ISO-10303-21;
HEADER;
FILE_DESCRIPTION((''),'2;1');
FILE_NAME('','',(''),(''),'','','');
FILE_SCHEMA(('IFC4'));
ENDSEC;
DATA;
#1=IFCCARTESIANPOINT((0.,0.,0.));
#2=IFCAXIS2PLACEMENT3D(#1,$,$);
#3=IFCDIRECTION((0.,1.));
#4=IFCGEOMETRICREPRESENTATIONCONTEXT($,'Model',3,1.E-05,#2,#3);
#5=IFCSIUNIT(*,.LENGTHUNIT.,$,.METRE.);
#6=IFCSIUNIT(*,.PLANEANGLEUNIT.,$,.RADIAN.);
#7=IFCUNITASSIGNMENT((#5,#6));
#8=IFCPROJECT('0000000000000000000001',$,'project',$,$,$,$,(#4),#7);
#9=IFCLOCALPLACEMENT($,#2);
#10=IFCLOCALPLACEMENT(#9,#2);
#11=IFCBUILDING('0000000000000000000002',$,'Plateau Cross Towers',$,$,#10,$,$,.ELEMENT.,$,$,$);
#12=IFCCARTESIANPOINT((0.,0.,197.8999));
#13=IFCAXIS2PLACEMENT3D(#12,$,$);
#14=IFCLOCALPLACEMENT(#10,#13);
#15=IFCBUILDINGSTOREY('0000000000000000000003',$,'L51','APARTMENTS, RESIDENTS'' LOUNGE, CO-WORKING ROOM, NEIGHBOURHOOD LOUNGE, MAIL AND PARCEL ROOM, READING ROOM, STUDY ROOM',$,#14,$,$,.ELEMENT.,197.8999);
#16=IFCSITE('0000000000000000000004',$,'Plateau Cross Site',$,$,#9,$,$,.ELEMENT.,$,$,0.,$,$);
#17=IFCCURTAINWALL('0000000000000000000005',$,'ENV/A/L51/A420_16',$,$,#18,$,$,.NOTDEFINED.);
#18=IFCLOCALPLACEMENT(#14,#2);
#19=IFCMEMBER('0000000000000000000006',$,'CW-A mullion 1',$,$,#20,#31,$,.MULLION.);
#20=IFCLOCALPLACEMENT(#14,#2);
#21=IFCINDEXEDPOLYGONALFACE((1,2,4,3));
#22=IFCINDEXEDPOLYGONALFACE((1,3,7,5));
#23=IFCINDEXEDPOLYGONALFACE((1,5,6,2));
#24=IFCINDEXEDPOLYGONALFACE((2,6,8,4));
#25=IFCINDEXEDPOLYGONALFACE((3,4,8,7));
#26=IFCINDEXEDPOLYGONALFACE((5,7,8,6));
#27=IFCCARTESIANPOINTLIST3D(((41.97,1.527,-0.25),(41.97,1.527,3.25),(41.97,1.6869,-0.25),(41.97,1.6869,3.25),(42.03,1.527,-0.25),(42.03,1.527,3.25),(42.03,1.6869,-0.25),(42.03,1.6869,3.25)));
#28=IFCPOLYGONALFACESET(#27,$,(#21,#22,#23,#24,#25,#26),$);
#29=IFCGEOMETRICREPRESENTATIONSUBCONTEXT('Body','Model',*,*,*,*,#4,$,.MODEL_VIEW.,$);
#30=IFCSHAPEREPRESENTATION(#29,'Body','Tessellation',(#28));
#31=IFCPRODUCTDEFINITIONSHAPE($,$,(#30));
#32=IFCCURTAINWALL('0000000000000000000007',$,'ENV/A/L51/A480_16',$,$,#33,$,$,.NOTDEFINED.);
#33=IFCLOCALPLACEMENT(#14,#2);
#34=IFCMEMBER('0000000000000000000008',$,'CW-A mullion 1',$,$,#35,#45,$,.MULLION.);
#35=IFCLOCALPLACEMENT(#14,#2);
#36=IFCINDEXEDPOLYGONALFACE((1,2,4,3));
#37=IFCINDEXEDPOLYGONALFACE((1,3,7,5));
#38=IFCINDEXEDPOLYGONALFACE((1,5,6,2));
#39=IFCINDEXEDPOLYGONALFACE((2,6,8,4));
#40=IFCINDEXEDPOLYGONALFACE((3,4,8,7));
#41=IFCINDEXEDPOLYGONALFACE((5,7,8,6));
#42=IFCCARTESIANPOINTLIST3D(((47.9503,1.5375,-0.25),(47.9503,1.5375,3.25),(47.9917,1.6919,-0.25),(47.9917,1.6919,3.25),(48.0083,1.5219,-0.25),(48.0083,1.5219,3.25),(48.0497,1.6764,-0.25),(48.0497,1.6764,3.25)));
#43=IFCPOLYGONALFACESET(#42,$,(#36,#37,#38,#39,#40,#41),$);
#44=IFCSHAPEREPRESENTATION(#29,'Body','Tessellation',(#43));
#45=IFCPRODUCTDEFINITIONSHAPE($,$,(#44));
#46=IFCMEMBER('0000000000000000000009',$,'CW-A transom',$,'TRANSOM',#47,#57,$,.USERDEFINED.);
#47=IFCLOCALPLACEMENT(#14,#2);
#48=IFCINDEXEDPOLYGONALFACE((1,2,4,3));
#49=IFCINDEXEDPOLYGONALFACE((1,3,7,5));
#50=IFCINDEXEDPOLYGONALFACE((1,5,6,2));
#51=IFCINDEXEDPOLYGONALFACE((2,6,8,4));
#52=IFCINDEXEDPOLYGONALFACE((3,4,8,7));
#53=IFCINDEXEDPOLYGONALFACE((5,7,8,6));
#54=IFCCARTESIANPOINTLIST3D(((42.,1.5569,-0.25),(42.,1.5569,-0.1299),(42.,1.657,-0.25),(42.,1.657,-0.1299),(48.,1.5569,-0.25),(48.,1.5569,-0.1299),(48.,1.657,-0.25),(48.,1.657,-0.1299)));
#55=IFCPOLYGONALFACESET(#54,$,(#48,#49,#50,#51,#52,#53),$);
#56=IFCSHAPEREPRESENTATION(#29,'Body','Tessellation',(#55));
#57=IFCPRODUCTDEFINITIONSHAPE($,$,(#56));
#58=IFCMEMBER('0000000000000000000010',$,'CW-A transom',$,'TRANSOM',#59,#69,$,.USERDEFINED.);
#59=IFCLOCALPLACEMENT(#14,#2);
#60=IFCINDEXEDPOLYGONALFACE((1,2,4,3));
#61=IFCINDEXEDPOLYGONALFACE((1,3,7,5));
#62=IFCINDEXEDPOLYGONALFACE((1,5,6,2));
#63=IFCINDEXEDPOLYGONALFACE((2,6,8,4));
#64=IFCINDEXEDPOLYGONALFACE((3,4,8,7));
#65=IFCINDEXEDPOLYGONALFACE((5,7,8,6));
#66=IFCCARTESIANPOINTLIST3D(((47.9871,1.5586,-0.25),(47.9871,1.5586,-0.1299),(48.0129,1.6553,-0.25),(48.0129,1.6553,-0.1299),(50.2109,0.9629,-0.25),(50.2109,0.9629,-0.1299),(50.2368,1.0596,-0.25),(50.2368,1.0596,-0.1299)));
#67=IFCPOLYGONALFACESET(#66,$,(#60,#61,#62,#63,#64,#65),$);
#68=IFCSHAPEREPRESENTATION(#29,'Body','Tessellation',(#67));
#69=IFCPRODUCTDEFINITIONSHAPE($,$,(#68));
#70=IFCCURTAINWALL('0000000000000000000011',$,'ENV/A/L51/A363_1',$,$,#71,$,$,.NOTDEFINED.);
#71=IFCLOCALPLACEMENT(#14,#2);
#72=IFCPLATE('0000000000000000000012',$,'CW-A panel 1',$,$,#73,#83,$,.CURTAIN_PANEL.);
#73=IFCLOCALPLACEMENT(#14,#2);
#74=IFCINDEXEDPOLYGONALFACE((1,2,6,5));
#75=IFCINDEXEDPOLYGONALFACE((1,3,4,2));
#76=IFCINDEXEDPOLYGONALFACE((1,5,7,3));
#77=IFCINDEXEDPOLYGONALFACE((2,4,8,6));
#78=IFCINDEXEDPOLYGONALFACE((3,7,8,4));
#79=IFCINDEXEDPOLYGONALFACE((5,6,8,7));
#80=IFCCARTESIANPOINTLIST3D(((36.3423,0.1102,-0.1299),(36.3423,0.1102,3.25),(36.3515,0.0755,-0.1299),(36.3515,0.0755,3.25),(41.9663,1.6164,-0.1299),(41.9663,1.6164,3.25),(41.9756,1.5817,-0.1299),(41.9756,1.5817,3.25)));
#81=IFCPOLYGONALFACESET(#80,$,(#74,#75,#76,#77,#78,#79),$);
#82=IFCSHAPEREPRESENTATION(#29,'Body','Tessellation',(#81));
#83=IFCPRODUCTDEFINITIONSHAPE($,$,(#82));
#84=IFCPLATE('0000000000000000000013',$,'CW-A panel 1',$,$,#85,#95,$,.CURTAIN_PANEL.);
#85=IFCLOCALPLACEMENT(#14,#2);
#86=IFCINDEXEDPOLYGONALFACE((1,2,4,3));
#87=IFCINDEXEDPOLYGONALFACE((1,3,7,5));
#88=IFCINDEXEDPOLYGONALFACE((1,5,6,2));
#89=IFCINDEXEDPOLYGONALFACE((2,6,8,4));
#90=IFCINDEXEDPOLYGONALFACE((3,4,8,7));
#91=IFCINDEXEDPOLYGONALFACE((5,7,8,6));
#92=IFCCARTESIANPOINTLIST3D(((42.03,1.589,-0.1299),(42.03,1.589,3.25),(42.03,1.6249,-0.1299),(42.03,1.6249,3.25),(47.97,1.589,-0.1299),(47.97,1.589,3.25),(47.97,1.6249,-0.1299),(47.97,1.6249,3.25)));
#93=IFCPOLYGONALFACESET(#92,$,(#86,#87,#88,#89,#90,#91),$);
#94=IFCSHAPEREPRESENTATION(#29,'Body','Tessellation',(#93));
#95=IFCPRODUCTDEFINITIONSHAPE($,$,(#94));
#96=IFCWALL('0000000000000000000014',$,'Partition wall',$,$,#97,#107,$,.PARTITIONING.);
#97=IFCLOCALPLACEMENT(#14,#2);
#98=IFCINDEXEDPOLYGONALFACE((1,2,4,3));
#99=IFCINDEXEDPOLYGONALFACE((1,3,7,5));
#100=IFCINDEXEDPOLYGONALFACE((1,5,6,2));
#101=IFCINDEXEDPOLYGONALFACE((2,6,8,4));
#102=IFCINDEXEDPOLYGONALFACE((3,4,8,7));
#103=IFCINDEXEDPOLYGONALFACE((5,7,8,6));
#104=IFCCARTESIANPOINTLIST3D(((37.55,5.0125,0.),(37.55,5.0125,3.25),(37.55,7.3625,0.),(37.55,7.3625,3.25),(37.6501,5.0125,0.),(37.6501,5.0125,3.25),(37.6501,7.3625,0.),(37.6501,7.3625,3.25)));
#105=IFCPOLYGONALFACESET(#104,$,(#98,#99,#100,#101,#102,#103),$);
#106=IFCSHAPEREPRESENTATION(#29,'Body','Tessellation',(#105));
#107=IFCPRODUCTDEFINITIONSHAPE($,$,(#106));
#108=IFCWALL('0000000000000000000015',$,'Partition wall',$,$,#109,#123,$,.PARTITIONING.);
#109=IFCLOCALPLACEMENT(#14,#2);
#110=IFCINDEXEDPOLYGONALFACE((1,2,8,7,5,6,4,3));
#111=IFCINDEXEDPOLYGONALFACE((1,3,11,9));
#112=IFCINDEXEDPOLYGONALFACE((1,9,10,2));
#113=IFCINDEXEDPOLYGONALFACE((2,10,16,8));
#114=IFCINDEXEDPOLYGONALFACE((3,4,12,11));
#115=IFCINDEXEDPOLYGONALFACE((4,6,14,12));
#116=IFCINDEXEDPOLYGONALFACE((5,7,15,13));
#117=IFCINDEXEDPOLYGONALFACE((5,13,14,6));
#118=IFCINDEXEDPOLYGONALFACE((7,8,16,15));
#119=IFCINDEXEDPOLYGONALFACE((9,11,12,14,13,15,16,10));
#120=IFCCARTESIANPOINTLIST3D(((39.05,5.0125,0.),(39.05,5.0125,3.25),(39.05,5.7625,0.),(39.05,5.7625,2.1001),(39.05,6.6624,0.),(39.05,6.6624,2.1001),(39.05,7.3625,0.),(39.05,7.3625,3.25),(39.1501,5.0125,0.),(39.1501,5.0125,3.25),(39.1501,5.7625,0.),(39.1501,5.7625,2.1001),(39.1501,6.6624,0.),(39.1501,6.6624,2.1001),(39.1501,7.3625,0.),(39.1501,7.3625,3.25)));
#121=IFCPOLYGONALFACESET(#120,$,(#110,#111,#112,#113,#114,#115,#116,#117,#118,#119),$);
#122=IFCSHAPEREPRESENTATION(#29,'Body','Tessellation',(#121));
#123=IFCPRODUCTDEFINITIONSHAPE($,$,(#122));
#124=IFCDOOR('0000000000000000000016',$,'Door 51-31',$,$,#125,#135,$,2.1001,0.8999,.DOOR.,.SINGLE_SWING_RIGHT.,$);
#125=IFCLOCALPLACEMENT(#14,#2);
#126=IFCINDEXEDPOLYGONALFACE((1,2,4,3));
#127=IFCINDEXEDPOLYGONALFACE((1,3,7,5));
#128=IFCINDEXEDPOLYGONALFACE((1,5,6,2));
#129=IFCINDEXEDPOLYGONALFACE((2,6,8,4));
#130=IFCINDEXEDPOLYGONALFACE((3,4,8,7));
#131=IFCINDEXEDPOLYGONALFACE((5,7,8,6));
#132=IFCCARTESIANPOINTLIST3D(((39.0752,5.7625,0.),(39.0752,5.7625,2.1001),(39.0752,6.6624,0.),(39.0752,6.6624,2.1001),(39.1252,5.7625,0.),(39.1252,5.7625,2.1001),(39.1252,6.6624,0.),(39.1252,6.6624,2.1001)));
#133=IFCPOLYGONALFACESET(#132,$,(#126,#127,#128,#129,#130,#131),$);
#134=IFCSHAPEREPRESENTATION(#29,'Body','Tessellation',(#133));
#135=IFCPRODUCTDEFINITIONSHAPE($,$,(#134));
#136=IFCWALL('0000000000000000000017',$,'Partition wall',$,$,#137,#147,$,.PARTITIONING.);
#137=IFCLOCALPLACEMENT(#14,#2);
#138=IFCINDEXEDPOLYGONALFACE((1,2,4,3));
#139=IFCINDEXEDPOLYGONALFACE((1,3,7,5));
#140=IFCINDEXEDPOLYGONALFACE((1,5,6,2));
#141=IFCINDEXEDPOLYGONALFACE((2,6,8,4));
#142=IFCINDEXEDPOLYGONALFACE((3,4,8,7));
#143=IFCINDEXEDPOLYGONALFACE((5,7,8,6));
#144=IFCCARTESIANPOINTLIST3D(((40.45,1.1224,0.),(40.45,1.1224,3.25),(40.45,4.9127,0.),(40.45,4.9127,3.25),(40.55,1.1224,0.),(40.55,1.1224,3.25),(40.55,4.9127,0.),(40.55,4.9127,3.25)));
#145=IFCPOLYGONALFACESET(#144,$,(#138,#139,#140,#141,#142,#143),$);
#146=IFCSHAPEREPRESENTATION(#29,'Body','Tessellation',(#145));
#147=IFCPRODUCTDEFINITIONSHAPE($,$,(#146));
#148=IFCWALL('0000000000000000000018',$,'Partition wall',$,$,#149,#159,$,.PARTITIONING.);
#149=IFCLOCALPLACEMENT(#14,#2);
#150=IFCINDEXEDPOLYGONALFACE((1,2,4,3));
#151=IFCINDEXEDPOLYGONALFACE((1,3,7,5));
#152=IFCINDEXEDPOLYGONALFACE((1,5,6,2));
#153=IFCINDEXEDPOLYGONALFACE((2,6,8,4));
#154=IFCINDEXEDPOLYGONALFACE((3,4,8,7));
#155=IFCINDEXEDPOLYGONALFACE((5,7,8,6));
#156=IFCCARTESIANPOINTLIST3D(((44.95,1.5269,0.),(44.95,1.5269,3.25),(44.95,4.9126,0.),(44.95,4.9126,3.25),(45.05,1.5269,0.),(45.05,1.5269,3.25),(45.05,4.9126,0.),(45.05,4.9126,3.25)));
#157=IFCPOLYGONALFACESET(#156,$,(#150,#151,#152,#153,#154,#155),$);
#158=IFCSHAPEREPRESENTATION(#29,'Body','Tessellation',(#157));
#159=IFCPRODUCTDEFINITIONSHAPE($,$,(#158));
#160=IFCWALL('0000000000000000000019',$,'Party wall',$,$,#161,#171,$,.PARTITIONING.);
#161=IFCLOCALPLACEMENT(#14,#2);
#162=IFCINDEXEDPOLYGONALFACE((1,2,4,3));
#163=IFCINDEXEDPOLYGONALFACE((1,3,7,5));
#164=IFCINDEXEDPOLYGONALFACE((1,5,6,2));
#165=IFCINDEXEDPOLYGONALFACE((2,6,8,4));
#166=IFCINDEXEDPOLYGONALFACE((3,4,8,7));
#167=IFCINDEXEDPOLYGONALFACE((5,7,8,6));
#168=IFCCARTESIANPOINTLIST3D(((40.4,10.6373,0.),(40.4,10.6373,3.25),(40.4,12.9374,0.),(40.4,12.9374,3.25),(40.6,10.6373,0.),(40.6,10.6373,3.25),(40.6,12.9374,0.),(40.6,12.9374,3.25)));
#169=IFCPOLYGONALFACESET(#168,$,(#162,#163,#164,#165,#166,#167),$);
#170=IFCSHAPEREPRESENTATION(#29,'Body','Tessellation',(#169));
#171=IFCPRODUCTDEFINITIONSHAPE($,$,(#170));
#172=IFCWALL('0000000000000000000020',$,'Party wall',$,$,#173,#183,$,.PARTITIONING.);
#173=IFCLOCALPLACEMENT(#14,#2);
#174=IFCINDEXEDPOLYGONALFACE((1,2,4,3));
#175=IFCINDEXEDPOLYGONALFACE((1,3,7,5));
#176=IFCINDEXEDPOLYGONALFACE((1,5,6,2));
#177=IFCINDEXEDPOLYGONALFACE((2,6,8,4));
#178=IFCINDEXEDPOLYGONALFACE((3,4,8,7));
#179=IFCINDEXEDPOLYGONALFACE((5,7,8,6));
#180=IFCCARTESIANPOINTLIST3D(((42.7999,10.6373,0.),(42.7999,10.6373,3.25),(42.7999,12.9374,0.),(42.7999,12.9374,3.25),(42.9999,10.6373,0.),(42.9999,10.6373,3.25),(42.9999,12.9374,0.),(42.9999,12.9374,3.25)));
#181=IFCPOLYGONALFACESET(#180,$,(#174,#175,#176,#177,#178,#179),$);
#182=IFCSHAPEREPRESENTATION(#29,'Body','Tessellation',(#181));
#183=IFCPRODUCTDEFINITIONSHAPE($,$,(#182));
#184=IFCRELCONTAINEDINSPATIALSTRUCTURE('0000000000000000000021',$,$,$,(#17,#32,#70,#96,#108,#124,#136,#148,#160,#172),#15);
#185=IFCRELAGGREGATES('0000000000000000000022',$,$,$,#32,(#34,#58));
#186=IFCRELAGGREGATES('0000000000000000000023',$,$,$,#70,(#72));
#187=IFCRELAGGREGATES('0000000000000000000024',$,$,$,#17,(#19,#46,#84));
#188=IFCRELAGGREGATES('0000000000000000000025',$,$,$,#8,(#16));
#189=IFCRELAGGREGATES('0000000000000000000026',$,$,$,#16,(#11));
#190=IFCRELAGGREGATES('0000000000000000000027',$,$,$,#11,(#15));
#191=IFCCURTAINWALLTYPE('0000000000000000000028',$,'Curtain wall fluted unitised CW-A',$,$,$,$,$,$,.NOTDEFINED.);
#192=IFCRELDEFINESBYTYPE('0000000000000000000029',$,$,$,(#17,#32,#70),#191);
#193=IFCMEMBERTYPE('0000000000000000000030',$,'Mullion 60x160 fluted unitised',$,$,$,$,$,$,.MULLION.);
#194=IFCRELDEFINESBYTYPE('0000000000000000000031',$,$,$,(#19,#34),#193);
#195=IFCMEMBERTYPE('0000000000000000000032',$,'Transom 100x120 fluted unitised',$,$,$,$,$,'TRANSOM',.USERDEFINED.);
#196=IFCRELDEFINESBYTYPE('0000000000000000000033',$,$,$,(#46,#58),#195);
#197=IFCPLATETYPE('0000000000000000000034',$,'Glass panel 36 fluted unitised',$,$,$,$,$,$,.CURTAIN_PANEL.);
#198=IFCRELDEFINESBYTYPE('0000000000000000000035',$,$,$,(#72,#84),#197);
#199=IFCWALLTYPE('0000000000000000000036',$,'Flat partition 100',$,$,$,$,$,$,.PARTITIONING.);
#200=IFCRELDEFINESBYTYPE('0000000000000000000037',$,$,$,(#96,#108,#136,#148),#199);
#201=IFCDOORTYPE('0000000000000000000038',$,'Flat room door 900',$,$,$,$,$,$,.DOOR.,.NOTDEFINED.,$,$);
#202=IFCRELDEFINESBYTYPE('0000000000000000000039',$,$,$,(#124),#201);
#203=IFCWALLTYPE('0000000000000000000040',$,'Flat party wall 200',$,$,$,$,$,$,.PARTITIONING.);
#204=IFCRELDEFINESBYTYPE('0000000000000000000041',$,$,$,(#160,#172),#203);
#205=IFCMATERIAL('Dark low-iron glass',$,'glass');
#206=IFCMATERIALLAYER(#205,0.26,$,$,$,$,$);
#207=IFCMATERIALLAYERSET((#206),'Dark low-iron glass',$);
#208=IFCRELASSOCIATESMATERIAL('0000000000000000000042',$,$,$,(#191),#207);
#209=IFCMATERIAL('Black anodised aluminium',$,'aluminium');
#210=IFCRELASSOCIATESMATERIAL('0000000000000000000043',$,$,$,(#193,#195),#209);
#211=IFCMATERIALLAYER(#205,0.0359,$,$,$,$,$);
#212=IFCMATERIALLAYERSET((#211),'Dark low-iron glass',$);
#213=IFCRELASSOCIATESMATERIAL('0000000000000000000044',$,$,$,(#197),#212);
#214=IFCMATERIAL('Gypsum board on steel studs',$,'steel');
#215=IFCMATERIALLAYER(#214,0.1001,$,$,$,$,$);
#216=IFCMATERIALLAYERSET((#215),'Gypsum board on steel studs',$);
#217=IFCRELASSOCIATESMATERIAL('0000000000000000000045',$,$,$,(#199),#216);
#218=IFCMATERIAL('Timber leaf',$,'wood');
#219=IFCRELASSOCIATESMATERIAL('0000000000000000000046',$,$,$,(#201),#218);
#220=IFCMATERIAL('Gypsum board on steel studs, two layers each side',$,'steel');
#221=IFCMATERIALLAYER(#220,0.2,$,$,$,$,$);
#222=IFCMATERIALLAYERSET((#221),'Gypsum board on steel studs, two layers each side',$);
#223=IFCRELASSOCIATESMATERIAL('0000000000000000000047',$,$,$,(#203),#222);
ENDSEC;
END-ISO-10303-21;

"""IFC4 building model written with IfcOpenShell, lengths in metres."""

from ifc_helpers import new_model, si_unit, direction, frame, frame_2d, origin, origin_2d, place, context, subcontext, project, spatial, rectangle, extrude, material, layer, layer_set, material_profile, profile_set, type_object, element, fill, aggregate, save


model = new_model("IFC4")

# Units and contexts
model_context = context("Model", 3, precision=1e-05, world=origin(), true_north=direction((0.0, 1.0)))
body_context = subcontext(model_context, "Body", "Model", "MODEL_VIEW")
ifc_project = project(units=[si_unit("LENGTHUNIT", "METRE"), si_unit("PLANEANGLEUNIT", "RADIAN")], contexts=[model_context])

# Site, building, storey
site_placement = place(None, origin())
site = spatial("IfcSite", under=ifc_project, at=site_placement, Name="Plateau Cross Site", CompositionType="ELEMENT", RefElevation=0.0)
building_placement = place(site_placement, origin())
building = spatial("IfcBuilding", under=site, at=building_placement, Name="Plateau Cross Towers", CompositionType="ELEMENT")
storey_placement = place(building_placement, frame((0.0, 0.0, 197.8999)))
storey = spatial("IfcBuildingStorey", under=building, at=storey_placement, Name="L51", Description="APARTMENTS, RESIDENTS' LOUNGE, CO-WORKING ROOM, NEIGHBOURHOOD LOUNGE, MAIL AND PARCEL ROOM, READING ROOM, STUDY ROOM", CompositionType="ELEMENT", Elevation=197.8999)

# Curtain walls, members
ifc_material_1 = material(Name="Dark low-iron glass", Category="glass")
ifc_layer_1 = layer(ifc_material_1, 0.26)
ifc_layer_set_1 = layer_set([ifc_layer_1], Name="Dark low-iron glass")
curtain_wall_type = type_object("IfcCurtainWallType", Name="Curtain wall fluted unitised CW-A", PredefinedType="NOTDEFINED", material=ifc_layer_set_1)
curtain_wall_1_placement = place(storey_placement, origin())
curtain_wall_1 = element("IfcCurtainWall", 1, at=curtain_wall_1_placement, inside=storey, type_object=curtain_wall_type, Name="ENV/A/L51/A420_16", PredefinedType="NOTDEFINED")
ifc_material_2 = material(Name="Black anodised aluminium", Category="aluminium")
ifc_material_profile_1 = material_profile(ifc_material_2, rectangle(XDim=0.0601, YDim=0.1599, at=origin_2d()), Name="MULLION 60x160")
ifc_profile_set_1 = profile_set([ifc_material_profile_1], Name="Black anodised aluminium")
member_type_1 = type_object("IfcMemberType", Name="Mullion 60x160 fluted unitised", PredefinedType="MULLION", material=ifc_profile_set_1)
member_1_placement = place(storey_placement, frame((42.0, 1.6069, -0.25), z_axis=(0.0, 0.0, 1.0), x_axis=(1.0, 0.0, 0.0)))
member_1 = element("IfcMember", 2, at=member_1_placement, type_object=member_type_1, Name="CW-A mullion 1", PredefinedType="MULLION", context=body_context, shape_type="SweptSolid", body=[
    extrude(rectangle(XDim=0.0601, YDim=0.1599, at=origin_2d()), origin(), (0.0, 0.0, 1.0), 3.5),
])
curtain_wall_2_placement = place(storey_placement, origin())
curtain_wall_2 = element("IfcCurtainWall", 3, at=curtain_wall_2_placement, inside=storey, type_object=curtain_wall_type, Name="ENV/A/L51/A480_16", PredefinedType="NOTDEFINED")
member_2_placement = place(storey_placement, frame((48.0, 1.6069, -0.25), z_axis=(0.0, 0.0, 1.0), x_axis=(0.965958, -0.258699, 0.0)))
member_2 = element("IfcMember", 4, at=member_2_placement, type_object=member_type_1, Name="CW-A mullion 1", PredefinedType="MULLION", context=body_context, shape_type="SweptSolid", body=[
    extrude(rectangle(XDim=0.0601, YDim=0.1599, at=origin_2d()), origin(), (0.0, 0.0, 1.0), 3.5),
])

# Members
ifc_material_profile_2 = material_profile(ifc_material_2, rectangle(XDim=0.1001, YDim=0.1201, at=origin_2d()), Name="TRANSOM 100x120")
ifc_profile_set_2 = profile_set([ifc_material_profile_2], Name="Black anodised aluminium")
member_type_2 = type_object("IfcMemberType", Name="Transom 100x120 fluted unitised", ElementType="TRANSOM", PredefinedType="USERDEFINED", material=ifc_profile_set_2)
member_3_placement = place(storey_placement, frame((42.0, 1.6069, -0.1899), z_axis=(1.0, 0.0, 0.0), x_axis=(0.0, 1.0, 0.0)))
member_3 = element("IfcMember", 5, at=member_3_placement, type_object=member_type_2, Name="CW-A transom", ObjectType="TRANSOM", PredefinedType="USERDEFINED", context=body_context, shape_type="SweptSolid", body=[
    extrude(rectangle(XDim=0.1001, YDim=0.1201, at=origin_2d()), origin(), (0.0, 0.0, 1.0), 6.0),
])
member_4_placement = place(storey_placement, frame((48.0, 1.6069, -0.1899), z_axis=(0.965946, -0.258745, 0.0), x_axis=(0.258745, 0.965946, 0.0)))
member_4 = element("IfcMember", 6, at=member_4_placement, type_object=member_type_2, Name="CW-A transom", ObjectType="TRANSOM", PredefinedType="USERDEFINED", context=body_context, shape_type="SweptSolid", body=[
    extrude(rectangle(XDim=0.1001, YDim=0.1201, at=origin_2d()), origin(), (0.0, 0.0, 1.0), 2.3022),
])
aggregate(curtain_wall_2, [member_2, member_4])

# Curtain wall, plate
curtain_wall_3_placement = place(storey_placement, origin())
curtain_wall_3 = element("IfcCurtainWall", 7, at=curtain_wall_3_placement, inside=storey, type_object=curtain_wall_type, Name="ENV/A/L51/A363_1", PredefinedType="NOTDEFINED")
ifc_layer_2 = layer(ifc_material_1, 0.0359)
ifc_layer_set_2 = layer_set([ifc_layer_2], Name="Dark low-iron glass")
plate_type = type_object("IfcPlateType", Name="Glass panel 36 fluted unitised", PredefinedType="CURTAIN_PANEL", material=ifc_layer_set_2)
plate_1_placement = place(storey_placement, frame((39.1589, 0.8459, -0.1299), z_axis=(0.0, 0.0, 1.0), x_axis=(0.965958, 0.258699, 0.0)))
plate_1 = element("IfcPlate", 8, at=plate_1_placement, type_object=plate_type, Name="CW-A panel 1", PredefinedType="CURTAIN_PANEL", context=body_context, shape_type="SweptSolid", body=[
    extrude(rectangle(XDim=5.8223, YDim=0.0359, at=origin_2d()), origin(), (0.0, 0.0, 1.0), 3.3799),
])
aggregate(curtain_wall_3, [plate_1])

# Plate
plate_2_placement = place(storey_placement, frame((45.0, 1.6069, -0.1299), z_axis=(0.0, 0.0, 1.0), x_axis=(1.0, 0.0, 0.0)))
plate_2 = element("IfcPlate", 9, at=plate_2_placement, type_object=plate_type, Name="CW-A panel 1", PredefinedType="CURTAIN_PANEL", context=body_context, shape_type="SweptSolid", body=[
    extrude(rectangle(XDim=5.9399, YDim=0.0359, at=origin_2d()), origin(), (0.0, 0.0, 1.0), 3.3799),
])
aggregate(curtain_wall_1, [member_1, member_3, plate_2])

# Wall
ifc_material_3 = material(Name="Gypsum board on steel studs", Category="steel")
ifc_layer_3 = layer(ifc_material_3, 0.1001)
ifc_layer_set_3 = layer_set([ifc_layer_3], Name="Gypsum board on steel studs")
wall_type_1 = type_object("IfcWallType", Name="Flat partition 100", PredefinedType="PARTITIONING", material=ifc_layer_set_3)
wall_1_placement = place(storey_placement, frame((37.6001, 5.0125, 0.0), z_axis=(0.0, 0.0, 1.0), x_axis=(0.0, 1.0, 0.0)))
element("IfcWall", 10, at=wall_1_placement, inside=storey, type_object=wall_type_1, Name="Partition wall", PredefinedType="PARTITIONING", context=body_context, shape_type="SweptSolid", body=[
    extrude(rectangle(XDim=2.3501, YDim=0.1001, at=frame_2d((1.175, 0.0))), origin(), (0.0, 0.0, 1.0), 3.25),
])

# Wall, opening, door
wall_2_placement = place(storey_placement, frame((39.1001, 5.0125, 0.0), z_axis=(0.0, 0.0, 1.0), x_axis=(0.0, 1.0, 0.0)))
wall_2 = element("IfcWall", 11, at=wall_2_placement, inside=storey, type_object=wall_type_1, Name="Partition wall", PredefinedType="PARTITIONING", context=body_context, shape_type="SweptSolid", body=[
    extrude(rectangle(XDim=2.3501, YDim=0.1001, at=frame_2d((1.175, 0.0))), origin(), (0.0, 0.0, 1.0), 3.25),
])
opening_1_placement = place(wall_2_placement, frame((0.75, 0.0, 0.0)))
opening_1 = element("IfcOpeningElement", 12, at=opening_1_placement, cuts=wall_2, PredefinedType="OPENING", context=body_context, shape_type="SweptSolid", body=[
    extrude(rectangle(XDim=0.8999, YDim=2.1001, at=frame_2d((0.45, 1.05))), frame((0.0, 0.0601, 0.0), z_axis=(0.0, -1.0, 0.0), x_axis=(1.0, 0.0, 0.0)), (0.0, 0.0, 1.0), 0.1201),
])
ifc_material_4 = material(Name="Timber leaf", Category="wood")
door_type_1 = type_object("IfcDoorType", Name="Flat room door 900", OperationType="NOTDEFINED", PredefinedType="DOOR", material=ifc_material_4)
door_1_placement = place(opening_1_placement, origin())
door_1 = element("IfcDoor", 13, at=door_1_placement, inside=storey, type_object=door_type_1, Name="Door 51-31", OperationType="SINGLE_SWING_RIGHT", OverallHeight=2.1001, OverallWidth=0.8999, PredefinedType="DOOR", context=body_context, shape_type="SweptSolid", body=[
    extrude(rectangle(XDim=0.8999, YDim=2.1001, at=frame_2d((0.45, 1.05))), frame((0.0, 0.0249, 0.0), z_axis=(0.0, -1.0, 0.0), x_axis=(1.0, 0.0, 0.0)), (0.0, 0.0, 1.0), 0.05),
])
fill(opening_1, door_1)

# Walls
wall_3_placement = place(storey_placement, frame((40.5, 4.9126, 0.0), z_axis=(0.0, 0.0, 1.0), x_axis=(0.0, -1.0, 0.0)))
element("IfcWall", 14, at=wall_3_placement, inside=storey, type_object=wall_type_1, Name="Partition wall", PredefinedType="PARTITIONING", context=body_context, shape_type="SweptSolid", body=[
    extrude(rectangle(XDim=3.7903, YDim=0.1001, at=frame_2d((1.895, 0.0))), origin(), (0.0, 0.0, 1.0), 3.25),
])
wall_4_placement = place(storey_placement, frame((45.0, 1.5269, 0.0), z_axis=(0.0, 0.0, 1.0), x_axis=(0.0, 1.0, 0.0)))
element("IfcWall", 15, at=wall_4_placement, inside=storey, type_object=wall_type_1, Name="Partition wall", PredefinedType="PARTITIONING", context=body_context, shape_type="SweptSolid", body=[
    extrude(rectangle(XDim=3.3857, YDim=0.1001, at=frame_2d((1.6929, 0.0))), origin(), (0.0, 0.0, 1.0), 3.25),
])
ifc_material_5 = material(Name="Gypsum board on steel studs, two layers each side", Category="steel")
ifc_layer_4 = layer(ifc_material_5, 0.2)
ifc_layer_set_4 = layer_set([ifc_layer_4], Name="Gypsum board on steel studs, two layers each side")
wall_type_2 = type_object("IfcWallType", Name="Flat party wall 200", PredefinedType="PARTITIONING", material=ifc_layer_set_4)
for number, where, z_axis, x_axis, name in (
    (16, (40.5, 10.6375, 0.0), (0.0, 0.0, 1.0), (0.0, 1.0, 0.0), "Party wall"),
    (17, (42.8999, 10.6375, 0.0), (0.0, 0.0, 1.0), (0.0, 1.0, 0.0), "Party wall"),
):
    element("IfcWall", number, at=place(storey_placement, frame(where, z_axis=z_axis, x_axis=x_axis)), inside=storey, type_object=wall_type_2, Name=name, PredefinedType="PARTITIONING", context=body_context, shape_type="SweptSolid", body=[
        extrude(rectangle(XDim=2.3, YDim=0.2, at=frame_2d((1.1499, 0.0))), origin(), (0.0, 0.0, 1.0), 3.25),
    ])

save(model, "model.ifc")
